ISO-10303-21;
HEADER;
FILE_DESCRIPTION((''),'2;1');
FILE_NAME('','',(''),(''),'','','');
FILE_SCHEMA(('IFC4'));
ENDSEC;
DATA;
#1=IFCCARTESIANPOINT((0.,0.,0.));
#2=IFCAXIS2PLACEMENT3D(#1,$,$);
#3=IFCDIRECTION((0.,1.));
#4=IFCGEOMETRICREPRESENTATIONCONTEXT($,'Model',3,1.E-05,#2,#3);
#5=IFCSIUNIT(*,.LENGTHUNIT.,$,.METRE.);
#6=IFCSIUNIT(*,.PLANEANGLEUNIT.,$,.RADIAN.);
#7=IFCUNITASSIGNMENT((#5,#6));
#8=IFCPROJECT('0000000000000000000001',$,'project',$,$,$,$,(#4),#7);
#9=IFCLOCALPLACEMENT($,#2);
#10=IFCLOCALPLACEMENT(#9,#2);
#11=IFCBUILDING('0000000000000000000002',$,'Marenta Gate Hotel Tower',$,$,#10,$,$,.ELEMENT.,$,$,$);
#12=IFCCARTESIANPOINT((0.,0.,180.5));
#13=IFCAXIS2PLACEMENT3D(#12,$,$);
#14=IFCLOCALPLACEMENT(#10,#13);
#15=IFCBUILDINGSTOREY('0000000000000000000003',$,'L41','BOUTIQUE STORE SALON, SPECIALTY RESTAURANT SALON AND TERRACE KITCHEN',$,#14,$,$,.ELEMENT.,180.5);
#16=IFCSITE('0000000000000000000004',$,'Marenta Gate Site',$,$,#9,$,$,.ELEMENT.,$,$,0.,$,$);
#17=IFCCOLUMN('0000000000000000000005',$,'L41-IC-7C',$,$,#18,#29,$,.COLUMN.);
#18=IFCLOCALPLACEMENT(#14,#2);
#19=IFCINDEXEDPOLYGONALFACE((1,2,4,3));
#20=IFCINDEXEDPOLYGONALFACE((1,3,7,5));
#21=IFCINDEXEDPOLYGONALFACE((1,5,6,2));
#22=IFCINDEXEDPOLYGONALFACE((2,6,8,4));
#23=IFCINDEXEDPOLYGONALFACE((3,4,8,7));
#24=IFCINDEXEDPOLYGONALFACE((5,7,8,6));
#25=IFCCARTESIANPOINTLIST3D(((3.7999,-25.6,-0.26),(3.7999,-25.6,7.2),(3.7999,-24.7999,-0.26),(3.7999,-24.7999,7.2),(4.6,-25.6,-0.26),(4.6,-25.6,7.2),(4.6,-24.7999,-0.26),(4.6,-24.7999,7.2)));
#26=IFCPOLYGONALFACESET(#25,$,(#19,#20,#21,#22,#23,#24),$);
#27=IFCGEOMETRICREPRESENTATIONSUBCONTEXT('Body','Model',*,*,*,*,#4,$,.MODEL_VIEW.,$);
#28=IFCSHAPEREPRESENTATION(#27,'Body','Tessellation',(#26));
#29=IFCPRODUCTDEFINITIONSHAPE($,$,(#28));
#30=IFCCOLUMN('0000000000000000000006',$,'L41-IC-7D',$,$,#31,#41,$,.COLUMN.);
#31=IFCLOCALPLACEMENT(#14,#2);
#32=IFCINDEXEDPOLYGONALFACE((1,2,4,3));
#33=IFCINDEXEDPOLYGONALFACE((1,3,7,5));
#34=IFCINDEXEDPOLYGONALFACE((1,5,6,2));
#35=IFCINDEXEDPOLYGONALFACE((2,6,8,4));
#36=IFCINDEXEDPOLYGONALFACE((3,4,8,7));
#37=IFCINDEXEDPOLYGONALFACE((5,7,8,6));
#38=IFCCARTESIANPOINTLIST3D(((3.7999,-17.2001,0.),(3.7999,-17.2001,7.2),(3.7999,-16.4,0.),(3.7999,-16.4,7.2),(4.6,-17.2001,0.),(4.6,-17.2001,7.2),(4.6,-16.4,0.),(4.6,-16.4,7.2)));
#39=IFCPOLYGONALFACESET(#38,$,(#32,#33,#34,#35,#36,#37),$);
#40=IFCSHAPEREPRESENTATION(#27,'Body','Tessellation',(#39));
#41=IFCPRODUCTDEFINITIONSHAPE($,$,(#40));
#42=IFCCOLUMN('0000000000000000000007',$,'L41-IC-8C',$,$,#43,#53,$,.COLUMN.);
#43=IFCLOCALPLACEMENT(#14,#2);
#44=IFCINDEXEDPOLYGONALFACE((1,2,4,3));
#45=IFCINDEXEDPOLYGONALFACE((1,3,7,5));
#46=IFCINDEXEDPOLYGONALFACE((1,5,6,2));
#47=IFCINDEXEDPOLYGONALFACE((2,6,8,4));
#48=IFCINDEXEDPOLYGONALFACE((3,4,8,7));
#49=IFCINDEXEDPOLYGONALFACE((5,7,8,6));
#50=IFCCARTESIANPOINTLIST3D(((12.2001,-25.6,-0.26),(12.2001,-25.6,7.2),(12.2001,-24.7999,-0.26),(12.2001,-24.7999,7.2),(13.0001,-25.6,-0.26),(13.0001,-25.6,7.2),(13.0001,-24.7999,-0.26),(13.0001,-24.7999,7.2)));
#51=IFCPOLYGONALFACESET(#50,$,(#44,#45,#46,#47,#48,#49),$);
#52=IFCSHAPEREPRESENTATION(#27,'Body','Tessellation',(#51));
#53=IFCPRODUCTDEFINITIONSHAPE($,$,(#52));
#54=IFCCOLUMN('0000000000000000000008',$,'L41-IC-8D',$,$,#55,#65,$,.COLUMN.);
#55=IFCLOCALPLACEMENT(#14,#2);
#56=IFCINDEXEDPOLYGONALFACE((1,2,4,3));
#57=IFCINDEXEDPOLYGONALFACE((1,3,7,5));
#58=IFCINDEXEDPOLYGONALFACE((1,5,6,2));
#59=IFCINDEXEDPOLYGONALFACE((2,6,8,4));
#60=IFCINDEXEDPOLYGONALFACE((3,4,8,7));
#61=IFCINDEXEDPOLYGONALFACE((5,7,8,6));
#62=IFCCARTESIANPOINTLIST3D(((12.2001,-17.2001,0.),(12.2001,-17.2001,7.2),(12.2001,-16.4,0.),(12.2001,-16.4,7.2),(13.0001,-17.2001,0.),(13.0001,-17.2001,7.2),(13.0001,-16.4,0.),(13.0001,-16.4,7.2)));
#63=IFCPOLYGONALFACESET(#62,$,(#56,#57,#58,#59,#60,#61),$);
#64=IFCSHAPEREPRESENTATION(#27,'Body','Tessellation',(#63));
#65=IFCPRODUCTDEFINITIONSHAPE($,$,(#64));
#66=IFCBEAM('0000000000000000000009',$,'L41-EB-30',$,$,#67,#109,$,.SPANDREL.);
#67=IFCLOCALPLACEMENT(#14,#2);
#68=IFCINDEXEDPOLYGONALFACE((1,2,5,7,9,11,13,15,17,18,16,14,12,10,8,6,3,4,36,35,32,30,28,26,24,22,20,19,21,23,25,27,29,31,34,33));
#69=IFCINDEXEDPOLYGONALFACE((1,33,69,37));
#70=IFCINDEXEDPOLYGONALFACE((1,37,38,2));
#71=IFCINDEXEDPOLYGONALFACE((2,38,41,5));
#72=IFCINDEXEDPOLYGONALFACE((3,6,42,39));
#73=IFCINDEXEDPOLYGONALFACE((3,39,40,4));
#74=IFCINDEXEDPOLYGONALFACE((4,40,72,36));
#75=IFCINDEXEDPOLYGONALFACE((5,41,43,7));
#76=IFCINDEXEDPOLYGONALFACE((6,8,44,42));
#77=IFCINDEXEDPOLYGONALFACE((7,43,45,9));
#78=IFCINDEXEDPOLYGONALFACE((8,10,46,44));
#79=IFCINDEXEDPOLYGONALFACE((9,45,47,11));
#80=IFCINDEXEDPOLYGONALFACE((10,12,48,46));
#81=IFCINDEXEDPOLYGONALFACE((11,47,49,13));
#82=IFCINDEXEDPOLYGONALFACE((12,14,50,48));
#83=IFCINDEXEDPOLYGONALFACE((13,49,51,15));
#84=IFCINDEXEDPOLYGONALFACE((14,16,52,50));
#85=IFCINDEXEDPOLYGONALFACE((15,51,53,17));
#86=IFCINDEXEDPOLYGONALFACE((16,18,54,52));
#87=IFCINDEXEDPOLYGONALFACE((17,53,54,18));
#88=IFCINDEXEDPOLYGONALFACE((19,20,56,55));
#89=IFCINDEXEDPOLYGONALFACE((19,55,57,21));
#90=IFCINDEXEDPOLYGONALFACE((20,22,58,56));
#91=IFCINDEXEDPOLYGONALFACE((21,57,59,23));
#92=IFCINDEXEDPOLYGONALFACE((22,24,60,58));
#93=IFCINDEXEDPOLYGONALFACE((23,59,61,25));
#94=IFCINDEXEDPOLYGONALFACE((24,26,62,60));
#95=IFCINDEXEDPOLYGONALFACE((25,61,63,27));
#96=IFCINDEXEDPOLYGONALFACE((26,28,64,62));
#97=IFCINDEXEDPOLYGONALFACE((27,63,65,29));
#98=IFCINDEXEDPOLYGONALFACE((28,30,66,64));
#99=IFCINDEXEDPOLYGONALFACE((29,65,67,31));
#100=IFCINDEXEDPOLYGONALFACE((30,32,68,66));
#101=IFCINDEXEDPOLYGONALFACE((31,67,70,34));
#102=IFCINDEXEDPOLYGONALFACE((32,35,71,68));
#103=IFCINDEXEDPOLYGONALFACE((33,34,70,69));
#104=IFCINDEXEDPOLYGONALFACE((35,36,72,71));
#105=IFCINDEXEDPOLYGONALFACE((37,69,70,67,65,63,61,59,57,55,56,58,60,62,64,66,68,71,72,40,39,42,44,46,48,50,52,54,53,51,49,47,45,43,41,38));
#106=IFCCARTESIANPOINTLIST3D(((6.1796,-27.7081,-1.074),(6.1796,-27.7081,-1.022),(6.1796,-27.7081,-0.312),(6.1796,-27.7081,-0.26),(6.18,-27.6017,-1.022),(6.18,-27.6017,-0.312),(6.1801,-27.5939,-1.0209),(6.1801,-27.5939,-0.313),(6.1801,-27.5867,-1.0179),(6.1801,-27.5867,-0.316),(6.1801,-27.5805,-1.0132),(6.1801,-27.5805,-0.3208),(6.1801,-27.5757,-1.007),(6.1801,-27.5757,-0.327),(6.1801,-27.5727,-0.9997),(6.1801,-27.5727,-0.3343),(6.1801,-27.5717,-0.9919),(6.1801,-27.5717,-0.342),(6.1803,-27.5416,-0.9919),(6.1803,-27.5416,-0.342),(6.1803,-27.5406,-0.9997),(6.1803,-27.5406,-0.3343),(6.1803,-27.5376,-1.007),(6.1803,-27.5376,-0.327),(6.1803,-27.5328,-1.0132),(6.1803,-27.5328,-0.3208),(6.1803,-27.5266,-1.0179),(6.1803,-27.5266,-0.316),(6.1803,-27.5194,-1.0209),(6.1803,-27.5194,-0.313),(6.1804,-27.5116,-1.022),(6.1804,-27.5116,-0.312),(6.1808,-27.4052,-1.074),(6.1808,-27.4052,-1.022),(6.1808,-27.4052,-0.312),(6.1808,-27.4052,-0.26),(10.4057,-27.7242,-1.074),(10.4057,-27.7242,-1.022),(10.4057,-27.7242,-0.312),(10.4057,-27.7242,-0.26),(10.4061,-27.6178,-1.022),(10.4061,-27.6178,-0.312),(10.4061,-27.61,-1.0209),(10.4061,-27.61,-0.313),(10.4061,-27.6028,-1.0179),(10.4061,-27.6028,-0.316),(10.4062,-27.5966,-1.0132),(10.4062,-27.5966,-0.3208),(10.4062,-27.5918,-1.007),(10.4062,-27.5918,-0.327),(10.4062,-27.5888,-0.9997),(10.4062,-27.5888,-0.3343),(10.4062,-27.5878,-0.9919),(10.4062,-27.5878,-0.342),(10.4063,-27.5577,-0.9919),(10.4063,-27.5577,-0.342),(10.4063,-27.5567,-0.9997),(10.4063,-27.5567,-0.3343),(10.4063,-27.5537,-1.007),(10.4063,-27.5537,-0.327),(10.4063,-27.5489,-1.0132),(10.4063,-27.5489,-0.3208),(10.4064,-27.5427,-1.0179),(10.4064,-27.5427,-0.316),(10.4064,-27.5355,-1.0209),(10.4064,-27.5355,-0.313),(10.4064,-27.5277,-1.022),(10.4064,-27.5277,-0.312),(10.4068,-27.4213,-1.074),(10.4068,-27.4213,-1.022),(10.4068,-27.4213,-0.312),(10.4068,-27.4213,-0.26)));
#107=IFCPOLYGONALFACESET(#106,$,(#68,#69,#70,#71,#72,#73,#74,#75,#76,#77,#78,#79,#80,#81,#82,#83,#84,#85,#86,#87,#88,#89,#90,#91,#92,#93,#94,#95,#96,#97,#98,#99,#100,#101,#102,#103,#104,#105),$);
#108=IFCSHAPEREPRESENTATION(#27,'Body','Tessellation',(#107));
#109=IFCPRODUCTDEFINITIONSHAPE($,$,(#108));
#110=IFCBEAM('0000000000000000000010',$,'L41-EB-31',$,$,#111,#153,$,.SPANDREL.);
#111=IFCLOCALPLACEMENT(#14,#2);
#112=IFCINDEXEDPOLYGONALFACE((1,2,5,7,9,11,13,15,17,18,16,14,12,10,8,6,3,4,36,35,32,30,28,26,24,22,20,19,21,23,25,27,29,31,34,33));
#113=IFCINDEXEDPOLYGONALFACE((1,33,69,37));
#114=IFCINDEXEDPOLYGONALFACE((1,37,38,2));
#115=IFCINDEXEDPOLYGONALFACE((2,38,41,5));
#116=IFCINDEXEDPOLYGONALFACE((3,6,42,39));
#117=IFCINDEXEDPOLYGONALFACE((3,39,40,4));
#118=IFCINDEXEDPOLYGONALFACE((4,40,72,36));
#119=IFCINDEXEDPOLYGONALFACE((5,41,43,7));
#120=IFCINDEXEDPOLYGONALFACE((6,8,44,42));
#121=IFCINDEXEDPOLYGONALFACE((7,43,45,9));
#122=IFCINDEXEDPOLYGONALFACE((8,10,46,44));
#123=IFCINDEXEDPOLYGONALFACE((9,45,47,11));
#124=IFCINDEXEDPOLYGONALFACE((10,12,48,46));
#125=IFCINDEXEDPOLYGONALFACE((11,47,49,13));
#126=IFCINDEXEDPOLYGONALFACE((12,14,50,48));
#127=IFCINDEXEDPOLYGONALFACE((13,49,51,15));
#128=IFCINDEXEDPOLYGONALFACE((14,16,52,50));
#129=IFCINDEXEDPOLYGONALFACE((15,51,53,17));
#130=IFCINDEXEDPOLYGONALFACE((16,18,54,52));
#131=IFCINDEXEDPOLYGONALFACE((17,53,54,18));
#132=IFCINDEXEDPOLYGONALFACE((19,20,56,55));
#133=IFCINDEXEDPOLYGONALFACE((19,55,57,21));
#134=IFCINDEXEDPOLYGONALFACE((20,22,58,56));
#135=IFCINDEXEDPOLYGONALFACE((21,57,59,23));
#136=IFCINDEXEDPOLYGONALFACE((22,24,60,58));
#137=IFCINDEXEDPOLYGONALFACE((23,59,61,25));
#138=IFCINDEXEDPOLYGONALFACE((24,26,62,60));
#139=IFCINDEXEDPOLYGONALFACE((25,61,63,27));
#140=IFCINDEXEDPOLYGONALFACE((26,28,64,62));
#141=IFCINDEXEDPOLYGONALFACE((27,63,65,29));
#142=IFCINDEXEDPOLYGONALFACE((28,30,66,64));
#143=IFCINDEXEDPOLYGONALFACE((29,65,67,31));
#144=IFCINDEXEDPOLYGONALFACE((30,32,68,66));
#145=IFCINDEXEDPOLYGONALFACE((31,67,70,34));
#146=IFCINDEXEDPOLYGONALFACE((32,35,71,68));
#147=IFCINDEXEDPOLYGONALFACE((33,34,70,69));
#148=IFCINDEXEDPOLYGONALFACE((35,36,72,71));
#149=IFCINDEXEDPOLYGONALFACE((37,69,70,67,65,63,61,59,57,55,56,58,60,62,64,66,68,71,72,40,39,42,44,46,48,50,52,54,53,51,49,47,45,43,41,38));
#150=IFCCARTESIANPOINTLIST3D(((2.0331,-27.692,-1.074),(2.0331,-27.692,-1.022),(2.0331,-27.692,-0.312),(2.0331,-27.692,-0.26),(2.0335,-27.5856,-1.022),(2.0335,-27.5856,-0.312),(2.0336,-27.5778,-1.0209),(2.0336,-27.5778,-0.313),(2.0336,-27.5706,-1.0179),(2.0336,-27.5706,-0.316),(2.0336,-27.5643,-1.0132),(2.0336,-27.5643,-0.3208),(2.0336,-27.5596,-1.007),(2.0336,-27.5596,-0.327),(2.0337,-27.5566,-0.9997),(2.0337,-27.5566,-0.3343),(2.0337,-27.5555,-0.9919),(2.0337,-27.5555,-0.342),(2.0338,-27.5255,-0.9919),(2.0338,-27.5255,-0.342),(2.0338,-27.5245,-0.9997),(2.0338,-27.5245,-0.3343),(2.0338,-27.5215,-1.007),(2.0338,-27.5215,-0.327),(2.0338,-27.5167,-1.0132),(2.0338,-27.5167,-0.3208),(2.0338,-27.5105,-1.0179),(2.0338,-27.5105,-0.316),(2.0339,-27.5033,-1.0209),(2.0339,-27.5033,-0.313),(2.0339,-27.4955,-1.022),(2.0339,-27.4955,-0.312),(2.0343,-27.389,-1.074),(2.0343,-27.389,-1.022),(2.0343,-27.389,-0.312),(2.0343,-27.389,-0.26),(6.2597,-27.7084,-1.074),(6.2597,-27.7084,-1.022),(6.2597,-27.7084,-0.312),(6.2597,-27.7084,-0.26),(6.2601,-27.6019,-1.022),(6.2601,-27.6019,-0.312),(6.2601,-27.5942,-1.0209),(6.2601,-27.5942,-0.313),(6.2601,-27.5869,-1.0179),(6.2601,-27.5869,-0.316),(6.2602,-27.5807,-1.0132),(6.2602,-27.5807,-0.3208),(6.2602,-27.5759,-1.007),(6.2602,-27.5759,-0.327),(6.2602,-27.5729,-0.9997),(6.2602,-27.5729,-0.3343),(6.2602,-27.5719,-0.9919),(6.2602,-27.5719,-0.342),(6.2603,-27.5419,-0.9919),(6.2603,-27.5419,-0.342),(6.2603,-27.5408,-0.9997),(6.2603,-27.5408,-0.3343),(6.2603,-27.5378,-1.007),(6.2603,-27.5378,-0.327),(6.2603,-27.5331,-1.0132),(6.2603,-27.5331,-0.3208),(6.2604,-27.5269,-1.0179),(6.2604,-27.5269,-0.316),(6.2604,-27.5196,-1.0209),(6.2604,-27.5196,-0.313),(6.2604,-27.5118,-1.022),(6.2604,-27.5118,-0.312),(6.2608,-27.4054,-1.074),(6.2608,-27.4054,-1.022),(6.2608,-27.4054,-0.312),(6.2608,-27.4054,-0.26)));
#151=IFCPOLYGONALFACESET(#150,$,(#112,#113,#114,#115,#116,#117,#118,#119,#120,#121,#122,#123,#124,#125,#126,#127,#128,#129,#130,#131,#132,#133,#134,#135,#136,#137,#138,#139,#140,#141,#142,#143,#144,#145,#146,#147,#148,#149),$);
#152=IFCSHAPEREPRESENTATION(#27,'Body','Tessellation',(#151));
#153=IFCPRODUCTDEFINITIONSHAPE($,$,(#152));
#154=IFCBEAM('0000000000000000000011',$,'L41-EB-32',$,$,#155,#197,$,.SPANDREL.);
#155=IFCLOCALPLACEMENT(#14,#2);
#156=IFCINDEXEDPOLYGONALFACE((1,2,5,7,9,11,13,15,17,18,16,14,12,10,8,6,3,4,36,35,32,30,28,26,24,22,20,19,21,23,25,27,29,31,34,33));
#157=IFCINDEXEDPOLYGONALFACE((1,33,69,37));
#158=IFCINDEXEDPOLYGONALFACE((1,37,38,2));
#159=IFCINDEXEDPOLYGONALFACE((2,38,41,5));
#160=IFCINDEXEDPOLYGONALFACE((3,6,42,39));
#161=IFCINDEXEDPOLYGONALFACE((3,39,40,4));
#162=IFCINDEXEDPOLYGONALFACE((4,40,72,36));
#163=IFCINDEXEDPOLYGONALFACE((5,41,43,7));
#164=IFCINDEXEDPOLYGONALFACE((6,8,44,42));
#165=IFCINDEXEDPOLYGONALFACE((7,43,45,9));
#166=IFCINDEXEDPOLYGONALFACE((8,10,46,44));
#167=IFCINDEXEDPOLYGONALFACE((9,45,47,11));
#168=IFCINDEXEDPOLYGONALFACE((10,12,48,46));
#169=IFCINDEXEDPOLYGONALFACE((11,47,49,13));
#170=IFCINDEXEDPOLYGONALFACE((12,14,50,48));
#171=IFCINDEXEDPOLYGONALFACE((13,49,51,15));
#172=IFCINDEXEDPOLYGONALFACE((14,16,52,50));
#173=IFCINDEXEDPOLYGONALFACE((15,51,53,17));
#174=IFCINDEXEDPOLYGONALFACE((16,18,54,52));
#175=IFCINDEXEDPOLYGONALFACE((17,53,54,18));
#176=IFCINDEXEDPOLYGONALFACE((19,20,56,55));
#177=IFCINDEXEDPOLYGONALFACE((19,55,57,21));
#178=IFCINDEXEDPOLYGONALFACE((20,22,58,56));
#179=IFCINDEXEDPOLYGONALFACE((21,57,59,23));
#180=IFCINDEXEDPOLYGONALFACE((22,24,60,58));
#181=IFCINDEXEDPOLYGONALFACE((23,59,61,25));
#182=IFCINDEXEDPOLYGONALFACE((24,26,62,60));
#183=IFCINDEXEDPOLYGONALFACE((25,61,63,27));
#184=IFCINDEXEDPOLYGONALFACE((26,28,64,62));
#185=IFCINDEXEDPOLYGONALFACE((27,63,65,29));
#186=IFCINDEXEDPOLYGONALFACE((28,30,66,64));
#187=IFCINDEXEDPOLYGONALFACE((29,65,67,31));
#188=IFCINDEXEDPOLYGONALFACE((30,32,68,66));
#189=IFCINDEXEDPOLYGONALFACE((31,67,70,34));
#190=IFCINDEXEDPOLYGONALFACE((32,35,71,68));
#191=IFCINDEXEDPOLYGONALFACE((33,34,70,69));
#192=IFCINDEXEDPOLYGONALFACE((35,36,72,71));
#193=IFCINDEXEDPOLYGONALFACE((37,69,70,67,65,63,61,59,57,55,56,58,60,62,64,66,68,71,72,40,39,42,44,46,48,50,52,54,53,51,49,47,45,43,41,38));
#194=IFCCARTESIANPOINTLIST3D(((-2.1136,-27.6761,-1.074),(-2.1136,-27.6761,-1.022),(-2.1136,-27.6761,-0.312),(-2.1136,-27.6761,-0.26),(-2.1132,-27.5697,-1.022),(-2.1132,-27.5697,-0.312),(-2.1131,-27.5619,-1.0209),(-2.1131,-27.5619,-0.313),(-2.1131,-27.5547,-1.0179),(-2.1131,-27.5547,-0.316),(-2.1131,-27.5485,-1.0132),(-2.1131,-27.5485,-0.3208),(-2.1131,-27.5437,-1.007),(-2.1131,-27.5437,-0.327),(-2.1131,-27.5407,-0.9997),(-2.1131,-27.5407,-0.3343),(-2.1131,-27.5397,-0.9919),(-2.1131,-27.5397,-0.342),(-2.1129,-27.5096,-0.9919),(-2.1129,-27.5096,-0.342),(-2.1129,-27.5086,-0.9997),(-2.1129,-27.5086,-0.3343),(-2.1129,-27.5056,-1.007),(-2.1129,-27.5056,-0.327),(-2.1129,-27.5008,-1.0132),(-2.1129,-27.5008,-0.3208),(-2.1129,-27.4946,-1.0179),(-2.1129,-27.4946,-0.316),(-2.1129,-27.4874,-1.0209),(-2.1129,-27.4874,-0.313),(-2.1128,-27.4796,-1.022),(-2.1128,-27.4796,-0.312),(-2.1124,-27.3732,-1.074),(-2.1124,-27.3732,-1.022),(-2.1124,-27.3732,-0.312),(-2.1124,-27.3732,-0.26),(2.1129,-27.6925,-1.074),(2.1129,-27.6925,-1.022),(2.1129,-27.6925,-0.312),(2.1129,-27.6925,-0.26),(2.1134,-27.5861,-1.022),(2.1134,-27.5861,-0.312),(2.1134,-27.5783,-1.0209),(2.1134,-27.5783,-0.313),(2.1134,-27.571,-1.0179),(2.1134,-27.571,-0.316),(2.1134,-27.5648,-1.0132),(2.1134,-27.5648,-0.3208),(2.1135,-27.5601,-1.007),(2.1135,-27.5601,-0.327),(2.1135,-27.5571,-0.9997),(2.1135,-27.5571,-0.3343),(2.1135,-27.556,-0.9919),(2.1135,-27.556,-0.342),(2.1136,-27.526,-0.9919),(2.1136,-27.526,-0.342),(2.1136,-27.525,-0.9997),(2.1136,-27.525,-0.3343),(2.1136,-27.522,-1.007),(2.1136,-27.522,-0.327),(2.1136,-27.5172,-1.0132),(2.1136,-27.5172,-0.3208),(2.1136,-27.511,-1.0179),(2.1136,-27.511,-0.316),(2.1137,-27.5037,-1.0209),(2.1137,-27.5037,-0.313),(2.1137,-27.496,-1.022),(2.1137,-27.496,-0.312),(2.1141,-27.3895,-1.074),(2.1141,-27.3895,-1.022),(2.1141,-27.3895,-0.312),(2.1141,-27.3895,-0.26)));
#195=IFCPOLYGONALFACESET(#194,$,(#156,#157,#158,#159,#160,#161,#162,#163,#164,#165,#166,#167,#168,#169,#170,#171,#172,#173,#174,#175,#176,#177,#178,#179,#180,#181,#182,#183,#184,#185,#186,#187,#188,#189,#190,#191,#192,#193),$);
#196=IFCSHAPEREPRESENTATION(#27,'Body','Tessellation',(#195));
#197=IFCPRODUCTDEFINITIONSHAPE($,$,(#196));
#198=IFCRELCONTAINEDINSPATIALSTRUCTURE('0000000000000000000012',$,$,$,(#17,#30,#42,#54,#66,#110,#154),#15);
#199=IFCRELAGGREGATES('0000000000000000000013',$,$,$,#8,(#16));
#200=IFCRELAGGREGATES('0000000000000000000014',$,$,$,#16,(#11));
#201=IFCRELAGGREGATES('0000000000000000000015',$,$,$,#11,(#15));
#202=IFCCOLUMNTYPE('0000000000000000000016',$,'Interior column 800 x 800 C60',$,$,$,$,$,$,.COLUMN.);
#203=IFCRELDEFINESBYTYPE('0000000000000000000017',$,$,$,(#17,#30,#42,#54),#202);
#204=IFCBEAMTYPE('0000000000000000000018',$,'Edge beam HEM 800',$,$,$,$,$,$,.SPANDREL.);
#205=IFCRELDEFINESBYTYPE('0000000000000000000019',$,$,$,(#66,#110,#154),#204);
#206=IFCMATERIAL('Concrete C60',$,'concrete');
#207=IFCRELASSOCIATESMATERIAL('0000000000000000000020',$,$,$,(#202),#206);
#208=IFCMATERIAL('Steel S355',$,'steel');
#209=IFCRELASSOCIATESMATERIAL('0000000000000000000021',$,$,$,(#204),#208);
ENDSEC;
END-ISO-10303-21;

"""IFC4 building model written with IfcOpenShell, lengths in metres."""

from ifc_helpers import new_model, si_unit, direction, frame, origin, origin_2d, place, context, subcontext, project, spatial, rectangle, i_section, extrude, material, material_profile, profile_set, type_object, element, save


model = new_model("IFC4")

# Units and contexts
model_context = context("Model", 3, precision=1e-05, world=origin(), true_north=direction((0.0, 1.0)))
body_context = subcontext(model_context, "Body", "Model", "MODEL_VIEW")
ifc_project = project(units=[si_unit("LENGTHUNIT", "METRE"), si_unit("PLANEANGLEUNIT", "RADIAN")], contexts=[model_context])

# Site, building, storey
site_placement = place(None, origin())
site = spatial("IfcSite", under=ifc_project, at=site_placement, Name="Marenta Gate Site", CompositionType="ELEMENT", RefElevation=0.0)
building_placement = place(site_placement, origin())
building = spatial("IfcBuilding", under=site, at=building_placement, Name="Marenta Gate Hotel Tower", CompositionType="ELEMENT")
storey_placement = place(building_placement, frame((0.0, 0.0, 180.5)))
storey = spatial("IfcBuildingStorey", under=building, at=storey_placement, Name="L41", Description="BOUTIQUE STORE SALON, SPECIALTY RESTAURANT SALON AND TERRACE KITCHEN", CompositionType="ELEMENT", Elevation=180.5)

# Columns
ifc_material_1 = material(Name="Concrete C60", Category="concrete")
ifc_material_profile_1 = material_profile(ifc_material_1, rectangle(XDim=0.8, YDim=0.8, at=origin_2d()), Name="800 x 800")
ifc_profile_set_1 = profile_set([ifc_material_profile_1], Name="Concrete C60")
column_type = type_object("IfcColumnType", Name="Interior column 800 x 800 C60", PredefinedType="COLUMN", material=ifc_profile_set_1)
column_1_placement = place(storey_placement, frame((4.2, -25.2, -0.26), z_axis=(0.0, 0.0, 1.0), x_axis=(1.0, 0.0, 0.0)))
element("IfcColumn", 1, at=column_1_placement, inside=storey, type_object=column_type, Name="L41-IC-7C", PredefinedType="COLUMN", context=body_context, shape_type="SweptSolid", body=[
    extrude(rectangle(XDim=0.8, YDim=0.8, at=origin_2d()), origin(), (0.0, 0.0, 1.0), 7.46),
])
column_2_placement = place(storey_placement, frame((4.2, -16.8, 0.0), z_axis=(0.0, 0.0, 1.0), x_axis=(1.0, 0.0, 0.0)))
element("IfcColumn", 2, at=column_2_placement, inside=storey, type_object=column_type, Name="L41-IC-7D", PredefinedType="COLUMN", context=body_context, shape_type="SweptSolid", body=[
    extrude(rectangle(XDim=0.8, YDim=0.8, at=origin_2d()), origin(), (0.0, 0.0, 1.0), 7.2),
])
column_3_placement = place(storey_placement, frame((12.6001, -25.2, -0.26), z_axis=(0.0, 0.0, 1.0), x_axis=(1.0, 0.0, 0.0)))
element("IfcColumn", 3, at=column_3_placement, inside=storey, type_object=column_type, Name="L41-IC-8C", PredefinedType="COLUMN", context=body_context, shape_type="SweptSolid", body=[
    extrude(rectangle(XDim=0.8, YDim=0.8, at=origin_2d()), origin(), (0.0, 0.0, 1.0), 7.46),
])
column_4_placement = place(storey_placement, frame((12.6001, -16.8, 0.0), z_axis=(0.0, 0.0, 1.0), x_axis=(1.0, 0.0, 0.0)))
element("IfcColumn", 4, at=column_4_placement, inside=storey, type_object=column_type, Name="L41-IC-8D", PredefinedType="COLUMN", context=body_context, shape_type="SweptSolid", body=[
    extrude(rectangle(XDim=0.8, YDim=0.8, at=origin_2d()), origin(), (0.0, 0.0, 1.0), 7.2),
])

# Beams
ifc_material_2 = material(Name="Steel S355", Category="steel")
ifc_material_profile_2 = material_profile(ifc_material_2, i_section(OverallWidth=0.303, OverallDepth=0.814, WebThickness=0.03, FlangeThickness=0.052, FilletRadius=0.03, at=origin_2d()), Name="HEM 800")
ifc_profile_set_2 = profile_set([ifc_material_profile_2], Name="Steel S355")
beam_type_1 = type_object("IfcBeamType", Name="Edge beam HEM 800", PredefinedType="SPANDREL", material=ifc_profile_set_2)
beam_1_placement = place(storey_placement, frame((10.4062, -27.5728, -0.667), z_axis=(-0.999993, 0.003813, 0.0), x_axis=(-0.003813, -0.999993, 0.0)))
element("IfcBeam", 5, at=beam_1_placement, inside=storey, type_object=beam_type_1, Name="L41-EB-30", PredefinedType="SPANDREL", context=body_context, shape_type="SweptSolid", body=[
    extrude(i_section(OverallWidth=0.303, OverallDepth=0.814, WebThickness=0.03, FlangeThickness=0.052, FilletRadius=0.03, at=origin_2d()), origin(), (0.0, 0.0, 1.0), 4.2261),
])
for number, where, z_axis, x_axis, name in (
    (6, (6.2603, -27.5569, -0.667), (-0.999993, 0.00387, 0.0), (-0.00387, -0.999993, 0.0), "L41-EB-31"),
    (7, (2.1135, -27.541, -0.667), (-0.999993, 0.00387, 0.0), (-0.00387, -0.999993, 0.0), "L41-EB-32"),
):
    element("IfcBeam", number, at=place(storey_placement, frame(where, z_axis=z_axis, x_axis=x_axis)), inside=storey, type_object=beam_type_1, Name=name, PredefinedType="SPANDREL", context=body_context, shape_type="SweptSolid", body=[
        extrude(i_section(OverallWidth=0.303, OverallDepth=0.814, WebThickness=0.03, FlangeThickness=0.052, FilletRadius=0.03, at=origin_2d()), origin(), (0.0, 0.0, 1.0), 4.2266),
    ])

save(model, "model.ifc")
